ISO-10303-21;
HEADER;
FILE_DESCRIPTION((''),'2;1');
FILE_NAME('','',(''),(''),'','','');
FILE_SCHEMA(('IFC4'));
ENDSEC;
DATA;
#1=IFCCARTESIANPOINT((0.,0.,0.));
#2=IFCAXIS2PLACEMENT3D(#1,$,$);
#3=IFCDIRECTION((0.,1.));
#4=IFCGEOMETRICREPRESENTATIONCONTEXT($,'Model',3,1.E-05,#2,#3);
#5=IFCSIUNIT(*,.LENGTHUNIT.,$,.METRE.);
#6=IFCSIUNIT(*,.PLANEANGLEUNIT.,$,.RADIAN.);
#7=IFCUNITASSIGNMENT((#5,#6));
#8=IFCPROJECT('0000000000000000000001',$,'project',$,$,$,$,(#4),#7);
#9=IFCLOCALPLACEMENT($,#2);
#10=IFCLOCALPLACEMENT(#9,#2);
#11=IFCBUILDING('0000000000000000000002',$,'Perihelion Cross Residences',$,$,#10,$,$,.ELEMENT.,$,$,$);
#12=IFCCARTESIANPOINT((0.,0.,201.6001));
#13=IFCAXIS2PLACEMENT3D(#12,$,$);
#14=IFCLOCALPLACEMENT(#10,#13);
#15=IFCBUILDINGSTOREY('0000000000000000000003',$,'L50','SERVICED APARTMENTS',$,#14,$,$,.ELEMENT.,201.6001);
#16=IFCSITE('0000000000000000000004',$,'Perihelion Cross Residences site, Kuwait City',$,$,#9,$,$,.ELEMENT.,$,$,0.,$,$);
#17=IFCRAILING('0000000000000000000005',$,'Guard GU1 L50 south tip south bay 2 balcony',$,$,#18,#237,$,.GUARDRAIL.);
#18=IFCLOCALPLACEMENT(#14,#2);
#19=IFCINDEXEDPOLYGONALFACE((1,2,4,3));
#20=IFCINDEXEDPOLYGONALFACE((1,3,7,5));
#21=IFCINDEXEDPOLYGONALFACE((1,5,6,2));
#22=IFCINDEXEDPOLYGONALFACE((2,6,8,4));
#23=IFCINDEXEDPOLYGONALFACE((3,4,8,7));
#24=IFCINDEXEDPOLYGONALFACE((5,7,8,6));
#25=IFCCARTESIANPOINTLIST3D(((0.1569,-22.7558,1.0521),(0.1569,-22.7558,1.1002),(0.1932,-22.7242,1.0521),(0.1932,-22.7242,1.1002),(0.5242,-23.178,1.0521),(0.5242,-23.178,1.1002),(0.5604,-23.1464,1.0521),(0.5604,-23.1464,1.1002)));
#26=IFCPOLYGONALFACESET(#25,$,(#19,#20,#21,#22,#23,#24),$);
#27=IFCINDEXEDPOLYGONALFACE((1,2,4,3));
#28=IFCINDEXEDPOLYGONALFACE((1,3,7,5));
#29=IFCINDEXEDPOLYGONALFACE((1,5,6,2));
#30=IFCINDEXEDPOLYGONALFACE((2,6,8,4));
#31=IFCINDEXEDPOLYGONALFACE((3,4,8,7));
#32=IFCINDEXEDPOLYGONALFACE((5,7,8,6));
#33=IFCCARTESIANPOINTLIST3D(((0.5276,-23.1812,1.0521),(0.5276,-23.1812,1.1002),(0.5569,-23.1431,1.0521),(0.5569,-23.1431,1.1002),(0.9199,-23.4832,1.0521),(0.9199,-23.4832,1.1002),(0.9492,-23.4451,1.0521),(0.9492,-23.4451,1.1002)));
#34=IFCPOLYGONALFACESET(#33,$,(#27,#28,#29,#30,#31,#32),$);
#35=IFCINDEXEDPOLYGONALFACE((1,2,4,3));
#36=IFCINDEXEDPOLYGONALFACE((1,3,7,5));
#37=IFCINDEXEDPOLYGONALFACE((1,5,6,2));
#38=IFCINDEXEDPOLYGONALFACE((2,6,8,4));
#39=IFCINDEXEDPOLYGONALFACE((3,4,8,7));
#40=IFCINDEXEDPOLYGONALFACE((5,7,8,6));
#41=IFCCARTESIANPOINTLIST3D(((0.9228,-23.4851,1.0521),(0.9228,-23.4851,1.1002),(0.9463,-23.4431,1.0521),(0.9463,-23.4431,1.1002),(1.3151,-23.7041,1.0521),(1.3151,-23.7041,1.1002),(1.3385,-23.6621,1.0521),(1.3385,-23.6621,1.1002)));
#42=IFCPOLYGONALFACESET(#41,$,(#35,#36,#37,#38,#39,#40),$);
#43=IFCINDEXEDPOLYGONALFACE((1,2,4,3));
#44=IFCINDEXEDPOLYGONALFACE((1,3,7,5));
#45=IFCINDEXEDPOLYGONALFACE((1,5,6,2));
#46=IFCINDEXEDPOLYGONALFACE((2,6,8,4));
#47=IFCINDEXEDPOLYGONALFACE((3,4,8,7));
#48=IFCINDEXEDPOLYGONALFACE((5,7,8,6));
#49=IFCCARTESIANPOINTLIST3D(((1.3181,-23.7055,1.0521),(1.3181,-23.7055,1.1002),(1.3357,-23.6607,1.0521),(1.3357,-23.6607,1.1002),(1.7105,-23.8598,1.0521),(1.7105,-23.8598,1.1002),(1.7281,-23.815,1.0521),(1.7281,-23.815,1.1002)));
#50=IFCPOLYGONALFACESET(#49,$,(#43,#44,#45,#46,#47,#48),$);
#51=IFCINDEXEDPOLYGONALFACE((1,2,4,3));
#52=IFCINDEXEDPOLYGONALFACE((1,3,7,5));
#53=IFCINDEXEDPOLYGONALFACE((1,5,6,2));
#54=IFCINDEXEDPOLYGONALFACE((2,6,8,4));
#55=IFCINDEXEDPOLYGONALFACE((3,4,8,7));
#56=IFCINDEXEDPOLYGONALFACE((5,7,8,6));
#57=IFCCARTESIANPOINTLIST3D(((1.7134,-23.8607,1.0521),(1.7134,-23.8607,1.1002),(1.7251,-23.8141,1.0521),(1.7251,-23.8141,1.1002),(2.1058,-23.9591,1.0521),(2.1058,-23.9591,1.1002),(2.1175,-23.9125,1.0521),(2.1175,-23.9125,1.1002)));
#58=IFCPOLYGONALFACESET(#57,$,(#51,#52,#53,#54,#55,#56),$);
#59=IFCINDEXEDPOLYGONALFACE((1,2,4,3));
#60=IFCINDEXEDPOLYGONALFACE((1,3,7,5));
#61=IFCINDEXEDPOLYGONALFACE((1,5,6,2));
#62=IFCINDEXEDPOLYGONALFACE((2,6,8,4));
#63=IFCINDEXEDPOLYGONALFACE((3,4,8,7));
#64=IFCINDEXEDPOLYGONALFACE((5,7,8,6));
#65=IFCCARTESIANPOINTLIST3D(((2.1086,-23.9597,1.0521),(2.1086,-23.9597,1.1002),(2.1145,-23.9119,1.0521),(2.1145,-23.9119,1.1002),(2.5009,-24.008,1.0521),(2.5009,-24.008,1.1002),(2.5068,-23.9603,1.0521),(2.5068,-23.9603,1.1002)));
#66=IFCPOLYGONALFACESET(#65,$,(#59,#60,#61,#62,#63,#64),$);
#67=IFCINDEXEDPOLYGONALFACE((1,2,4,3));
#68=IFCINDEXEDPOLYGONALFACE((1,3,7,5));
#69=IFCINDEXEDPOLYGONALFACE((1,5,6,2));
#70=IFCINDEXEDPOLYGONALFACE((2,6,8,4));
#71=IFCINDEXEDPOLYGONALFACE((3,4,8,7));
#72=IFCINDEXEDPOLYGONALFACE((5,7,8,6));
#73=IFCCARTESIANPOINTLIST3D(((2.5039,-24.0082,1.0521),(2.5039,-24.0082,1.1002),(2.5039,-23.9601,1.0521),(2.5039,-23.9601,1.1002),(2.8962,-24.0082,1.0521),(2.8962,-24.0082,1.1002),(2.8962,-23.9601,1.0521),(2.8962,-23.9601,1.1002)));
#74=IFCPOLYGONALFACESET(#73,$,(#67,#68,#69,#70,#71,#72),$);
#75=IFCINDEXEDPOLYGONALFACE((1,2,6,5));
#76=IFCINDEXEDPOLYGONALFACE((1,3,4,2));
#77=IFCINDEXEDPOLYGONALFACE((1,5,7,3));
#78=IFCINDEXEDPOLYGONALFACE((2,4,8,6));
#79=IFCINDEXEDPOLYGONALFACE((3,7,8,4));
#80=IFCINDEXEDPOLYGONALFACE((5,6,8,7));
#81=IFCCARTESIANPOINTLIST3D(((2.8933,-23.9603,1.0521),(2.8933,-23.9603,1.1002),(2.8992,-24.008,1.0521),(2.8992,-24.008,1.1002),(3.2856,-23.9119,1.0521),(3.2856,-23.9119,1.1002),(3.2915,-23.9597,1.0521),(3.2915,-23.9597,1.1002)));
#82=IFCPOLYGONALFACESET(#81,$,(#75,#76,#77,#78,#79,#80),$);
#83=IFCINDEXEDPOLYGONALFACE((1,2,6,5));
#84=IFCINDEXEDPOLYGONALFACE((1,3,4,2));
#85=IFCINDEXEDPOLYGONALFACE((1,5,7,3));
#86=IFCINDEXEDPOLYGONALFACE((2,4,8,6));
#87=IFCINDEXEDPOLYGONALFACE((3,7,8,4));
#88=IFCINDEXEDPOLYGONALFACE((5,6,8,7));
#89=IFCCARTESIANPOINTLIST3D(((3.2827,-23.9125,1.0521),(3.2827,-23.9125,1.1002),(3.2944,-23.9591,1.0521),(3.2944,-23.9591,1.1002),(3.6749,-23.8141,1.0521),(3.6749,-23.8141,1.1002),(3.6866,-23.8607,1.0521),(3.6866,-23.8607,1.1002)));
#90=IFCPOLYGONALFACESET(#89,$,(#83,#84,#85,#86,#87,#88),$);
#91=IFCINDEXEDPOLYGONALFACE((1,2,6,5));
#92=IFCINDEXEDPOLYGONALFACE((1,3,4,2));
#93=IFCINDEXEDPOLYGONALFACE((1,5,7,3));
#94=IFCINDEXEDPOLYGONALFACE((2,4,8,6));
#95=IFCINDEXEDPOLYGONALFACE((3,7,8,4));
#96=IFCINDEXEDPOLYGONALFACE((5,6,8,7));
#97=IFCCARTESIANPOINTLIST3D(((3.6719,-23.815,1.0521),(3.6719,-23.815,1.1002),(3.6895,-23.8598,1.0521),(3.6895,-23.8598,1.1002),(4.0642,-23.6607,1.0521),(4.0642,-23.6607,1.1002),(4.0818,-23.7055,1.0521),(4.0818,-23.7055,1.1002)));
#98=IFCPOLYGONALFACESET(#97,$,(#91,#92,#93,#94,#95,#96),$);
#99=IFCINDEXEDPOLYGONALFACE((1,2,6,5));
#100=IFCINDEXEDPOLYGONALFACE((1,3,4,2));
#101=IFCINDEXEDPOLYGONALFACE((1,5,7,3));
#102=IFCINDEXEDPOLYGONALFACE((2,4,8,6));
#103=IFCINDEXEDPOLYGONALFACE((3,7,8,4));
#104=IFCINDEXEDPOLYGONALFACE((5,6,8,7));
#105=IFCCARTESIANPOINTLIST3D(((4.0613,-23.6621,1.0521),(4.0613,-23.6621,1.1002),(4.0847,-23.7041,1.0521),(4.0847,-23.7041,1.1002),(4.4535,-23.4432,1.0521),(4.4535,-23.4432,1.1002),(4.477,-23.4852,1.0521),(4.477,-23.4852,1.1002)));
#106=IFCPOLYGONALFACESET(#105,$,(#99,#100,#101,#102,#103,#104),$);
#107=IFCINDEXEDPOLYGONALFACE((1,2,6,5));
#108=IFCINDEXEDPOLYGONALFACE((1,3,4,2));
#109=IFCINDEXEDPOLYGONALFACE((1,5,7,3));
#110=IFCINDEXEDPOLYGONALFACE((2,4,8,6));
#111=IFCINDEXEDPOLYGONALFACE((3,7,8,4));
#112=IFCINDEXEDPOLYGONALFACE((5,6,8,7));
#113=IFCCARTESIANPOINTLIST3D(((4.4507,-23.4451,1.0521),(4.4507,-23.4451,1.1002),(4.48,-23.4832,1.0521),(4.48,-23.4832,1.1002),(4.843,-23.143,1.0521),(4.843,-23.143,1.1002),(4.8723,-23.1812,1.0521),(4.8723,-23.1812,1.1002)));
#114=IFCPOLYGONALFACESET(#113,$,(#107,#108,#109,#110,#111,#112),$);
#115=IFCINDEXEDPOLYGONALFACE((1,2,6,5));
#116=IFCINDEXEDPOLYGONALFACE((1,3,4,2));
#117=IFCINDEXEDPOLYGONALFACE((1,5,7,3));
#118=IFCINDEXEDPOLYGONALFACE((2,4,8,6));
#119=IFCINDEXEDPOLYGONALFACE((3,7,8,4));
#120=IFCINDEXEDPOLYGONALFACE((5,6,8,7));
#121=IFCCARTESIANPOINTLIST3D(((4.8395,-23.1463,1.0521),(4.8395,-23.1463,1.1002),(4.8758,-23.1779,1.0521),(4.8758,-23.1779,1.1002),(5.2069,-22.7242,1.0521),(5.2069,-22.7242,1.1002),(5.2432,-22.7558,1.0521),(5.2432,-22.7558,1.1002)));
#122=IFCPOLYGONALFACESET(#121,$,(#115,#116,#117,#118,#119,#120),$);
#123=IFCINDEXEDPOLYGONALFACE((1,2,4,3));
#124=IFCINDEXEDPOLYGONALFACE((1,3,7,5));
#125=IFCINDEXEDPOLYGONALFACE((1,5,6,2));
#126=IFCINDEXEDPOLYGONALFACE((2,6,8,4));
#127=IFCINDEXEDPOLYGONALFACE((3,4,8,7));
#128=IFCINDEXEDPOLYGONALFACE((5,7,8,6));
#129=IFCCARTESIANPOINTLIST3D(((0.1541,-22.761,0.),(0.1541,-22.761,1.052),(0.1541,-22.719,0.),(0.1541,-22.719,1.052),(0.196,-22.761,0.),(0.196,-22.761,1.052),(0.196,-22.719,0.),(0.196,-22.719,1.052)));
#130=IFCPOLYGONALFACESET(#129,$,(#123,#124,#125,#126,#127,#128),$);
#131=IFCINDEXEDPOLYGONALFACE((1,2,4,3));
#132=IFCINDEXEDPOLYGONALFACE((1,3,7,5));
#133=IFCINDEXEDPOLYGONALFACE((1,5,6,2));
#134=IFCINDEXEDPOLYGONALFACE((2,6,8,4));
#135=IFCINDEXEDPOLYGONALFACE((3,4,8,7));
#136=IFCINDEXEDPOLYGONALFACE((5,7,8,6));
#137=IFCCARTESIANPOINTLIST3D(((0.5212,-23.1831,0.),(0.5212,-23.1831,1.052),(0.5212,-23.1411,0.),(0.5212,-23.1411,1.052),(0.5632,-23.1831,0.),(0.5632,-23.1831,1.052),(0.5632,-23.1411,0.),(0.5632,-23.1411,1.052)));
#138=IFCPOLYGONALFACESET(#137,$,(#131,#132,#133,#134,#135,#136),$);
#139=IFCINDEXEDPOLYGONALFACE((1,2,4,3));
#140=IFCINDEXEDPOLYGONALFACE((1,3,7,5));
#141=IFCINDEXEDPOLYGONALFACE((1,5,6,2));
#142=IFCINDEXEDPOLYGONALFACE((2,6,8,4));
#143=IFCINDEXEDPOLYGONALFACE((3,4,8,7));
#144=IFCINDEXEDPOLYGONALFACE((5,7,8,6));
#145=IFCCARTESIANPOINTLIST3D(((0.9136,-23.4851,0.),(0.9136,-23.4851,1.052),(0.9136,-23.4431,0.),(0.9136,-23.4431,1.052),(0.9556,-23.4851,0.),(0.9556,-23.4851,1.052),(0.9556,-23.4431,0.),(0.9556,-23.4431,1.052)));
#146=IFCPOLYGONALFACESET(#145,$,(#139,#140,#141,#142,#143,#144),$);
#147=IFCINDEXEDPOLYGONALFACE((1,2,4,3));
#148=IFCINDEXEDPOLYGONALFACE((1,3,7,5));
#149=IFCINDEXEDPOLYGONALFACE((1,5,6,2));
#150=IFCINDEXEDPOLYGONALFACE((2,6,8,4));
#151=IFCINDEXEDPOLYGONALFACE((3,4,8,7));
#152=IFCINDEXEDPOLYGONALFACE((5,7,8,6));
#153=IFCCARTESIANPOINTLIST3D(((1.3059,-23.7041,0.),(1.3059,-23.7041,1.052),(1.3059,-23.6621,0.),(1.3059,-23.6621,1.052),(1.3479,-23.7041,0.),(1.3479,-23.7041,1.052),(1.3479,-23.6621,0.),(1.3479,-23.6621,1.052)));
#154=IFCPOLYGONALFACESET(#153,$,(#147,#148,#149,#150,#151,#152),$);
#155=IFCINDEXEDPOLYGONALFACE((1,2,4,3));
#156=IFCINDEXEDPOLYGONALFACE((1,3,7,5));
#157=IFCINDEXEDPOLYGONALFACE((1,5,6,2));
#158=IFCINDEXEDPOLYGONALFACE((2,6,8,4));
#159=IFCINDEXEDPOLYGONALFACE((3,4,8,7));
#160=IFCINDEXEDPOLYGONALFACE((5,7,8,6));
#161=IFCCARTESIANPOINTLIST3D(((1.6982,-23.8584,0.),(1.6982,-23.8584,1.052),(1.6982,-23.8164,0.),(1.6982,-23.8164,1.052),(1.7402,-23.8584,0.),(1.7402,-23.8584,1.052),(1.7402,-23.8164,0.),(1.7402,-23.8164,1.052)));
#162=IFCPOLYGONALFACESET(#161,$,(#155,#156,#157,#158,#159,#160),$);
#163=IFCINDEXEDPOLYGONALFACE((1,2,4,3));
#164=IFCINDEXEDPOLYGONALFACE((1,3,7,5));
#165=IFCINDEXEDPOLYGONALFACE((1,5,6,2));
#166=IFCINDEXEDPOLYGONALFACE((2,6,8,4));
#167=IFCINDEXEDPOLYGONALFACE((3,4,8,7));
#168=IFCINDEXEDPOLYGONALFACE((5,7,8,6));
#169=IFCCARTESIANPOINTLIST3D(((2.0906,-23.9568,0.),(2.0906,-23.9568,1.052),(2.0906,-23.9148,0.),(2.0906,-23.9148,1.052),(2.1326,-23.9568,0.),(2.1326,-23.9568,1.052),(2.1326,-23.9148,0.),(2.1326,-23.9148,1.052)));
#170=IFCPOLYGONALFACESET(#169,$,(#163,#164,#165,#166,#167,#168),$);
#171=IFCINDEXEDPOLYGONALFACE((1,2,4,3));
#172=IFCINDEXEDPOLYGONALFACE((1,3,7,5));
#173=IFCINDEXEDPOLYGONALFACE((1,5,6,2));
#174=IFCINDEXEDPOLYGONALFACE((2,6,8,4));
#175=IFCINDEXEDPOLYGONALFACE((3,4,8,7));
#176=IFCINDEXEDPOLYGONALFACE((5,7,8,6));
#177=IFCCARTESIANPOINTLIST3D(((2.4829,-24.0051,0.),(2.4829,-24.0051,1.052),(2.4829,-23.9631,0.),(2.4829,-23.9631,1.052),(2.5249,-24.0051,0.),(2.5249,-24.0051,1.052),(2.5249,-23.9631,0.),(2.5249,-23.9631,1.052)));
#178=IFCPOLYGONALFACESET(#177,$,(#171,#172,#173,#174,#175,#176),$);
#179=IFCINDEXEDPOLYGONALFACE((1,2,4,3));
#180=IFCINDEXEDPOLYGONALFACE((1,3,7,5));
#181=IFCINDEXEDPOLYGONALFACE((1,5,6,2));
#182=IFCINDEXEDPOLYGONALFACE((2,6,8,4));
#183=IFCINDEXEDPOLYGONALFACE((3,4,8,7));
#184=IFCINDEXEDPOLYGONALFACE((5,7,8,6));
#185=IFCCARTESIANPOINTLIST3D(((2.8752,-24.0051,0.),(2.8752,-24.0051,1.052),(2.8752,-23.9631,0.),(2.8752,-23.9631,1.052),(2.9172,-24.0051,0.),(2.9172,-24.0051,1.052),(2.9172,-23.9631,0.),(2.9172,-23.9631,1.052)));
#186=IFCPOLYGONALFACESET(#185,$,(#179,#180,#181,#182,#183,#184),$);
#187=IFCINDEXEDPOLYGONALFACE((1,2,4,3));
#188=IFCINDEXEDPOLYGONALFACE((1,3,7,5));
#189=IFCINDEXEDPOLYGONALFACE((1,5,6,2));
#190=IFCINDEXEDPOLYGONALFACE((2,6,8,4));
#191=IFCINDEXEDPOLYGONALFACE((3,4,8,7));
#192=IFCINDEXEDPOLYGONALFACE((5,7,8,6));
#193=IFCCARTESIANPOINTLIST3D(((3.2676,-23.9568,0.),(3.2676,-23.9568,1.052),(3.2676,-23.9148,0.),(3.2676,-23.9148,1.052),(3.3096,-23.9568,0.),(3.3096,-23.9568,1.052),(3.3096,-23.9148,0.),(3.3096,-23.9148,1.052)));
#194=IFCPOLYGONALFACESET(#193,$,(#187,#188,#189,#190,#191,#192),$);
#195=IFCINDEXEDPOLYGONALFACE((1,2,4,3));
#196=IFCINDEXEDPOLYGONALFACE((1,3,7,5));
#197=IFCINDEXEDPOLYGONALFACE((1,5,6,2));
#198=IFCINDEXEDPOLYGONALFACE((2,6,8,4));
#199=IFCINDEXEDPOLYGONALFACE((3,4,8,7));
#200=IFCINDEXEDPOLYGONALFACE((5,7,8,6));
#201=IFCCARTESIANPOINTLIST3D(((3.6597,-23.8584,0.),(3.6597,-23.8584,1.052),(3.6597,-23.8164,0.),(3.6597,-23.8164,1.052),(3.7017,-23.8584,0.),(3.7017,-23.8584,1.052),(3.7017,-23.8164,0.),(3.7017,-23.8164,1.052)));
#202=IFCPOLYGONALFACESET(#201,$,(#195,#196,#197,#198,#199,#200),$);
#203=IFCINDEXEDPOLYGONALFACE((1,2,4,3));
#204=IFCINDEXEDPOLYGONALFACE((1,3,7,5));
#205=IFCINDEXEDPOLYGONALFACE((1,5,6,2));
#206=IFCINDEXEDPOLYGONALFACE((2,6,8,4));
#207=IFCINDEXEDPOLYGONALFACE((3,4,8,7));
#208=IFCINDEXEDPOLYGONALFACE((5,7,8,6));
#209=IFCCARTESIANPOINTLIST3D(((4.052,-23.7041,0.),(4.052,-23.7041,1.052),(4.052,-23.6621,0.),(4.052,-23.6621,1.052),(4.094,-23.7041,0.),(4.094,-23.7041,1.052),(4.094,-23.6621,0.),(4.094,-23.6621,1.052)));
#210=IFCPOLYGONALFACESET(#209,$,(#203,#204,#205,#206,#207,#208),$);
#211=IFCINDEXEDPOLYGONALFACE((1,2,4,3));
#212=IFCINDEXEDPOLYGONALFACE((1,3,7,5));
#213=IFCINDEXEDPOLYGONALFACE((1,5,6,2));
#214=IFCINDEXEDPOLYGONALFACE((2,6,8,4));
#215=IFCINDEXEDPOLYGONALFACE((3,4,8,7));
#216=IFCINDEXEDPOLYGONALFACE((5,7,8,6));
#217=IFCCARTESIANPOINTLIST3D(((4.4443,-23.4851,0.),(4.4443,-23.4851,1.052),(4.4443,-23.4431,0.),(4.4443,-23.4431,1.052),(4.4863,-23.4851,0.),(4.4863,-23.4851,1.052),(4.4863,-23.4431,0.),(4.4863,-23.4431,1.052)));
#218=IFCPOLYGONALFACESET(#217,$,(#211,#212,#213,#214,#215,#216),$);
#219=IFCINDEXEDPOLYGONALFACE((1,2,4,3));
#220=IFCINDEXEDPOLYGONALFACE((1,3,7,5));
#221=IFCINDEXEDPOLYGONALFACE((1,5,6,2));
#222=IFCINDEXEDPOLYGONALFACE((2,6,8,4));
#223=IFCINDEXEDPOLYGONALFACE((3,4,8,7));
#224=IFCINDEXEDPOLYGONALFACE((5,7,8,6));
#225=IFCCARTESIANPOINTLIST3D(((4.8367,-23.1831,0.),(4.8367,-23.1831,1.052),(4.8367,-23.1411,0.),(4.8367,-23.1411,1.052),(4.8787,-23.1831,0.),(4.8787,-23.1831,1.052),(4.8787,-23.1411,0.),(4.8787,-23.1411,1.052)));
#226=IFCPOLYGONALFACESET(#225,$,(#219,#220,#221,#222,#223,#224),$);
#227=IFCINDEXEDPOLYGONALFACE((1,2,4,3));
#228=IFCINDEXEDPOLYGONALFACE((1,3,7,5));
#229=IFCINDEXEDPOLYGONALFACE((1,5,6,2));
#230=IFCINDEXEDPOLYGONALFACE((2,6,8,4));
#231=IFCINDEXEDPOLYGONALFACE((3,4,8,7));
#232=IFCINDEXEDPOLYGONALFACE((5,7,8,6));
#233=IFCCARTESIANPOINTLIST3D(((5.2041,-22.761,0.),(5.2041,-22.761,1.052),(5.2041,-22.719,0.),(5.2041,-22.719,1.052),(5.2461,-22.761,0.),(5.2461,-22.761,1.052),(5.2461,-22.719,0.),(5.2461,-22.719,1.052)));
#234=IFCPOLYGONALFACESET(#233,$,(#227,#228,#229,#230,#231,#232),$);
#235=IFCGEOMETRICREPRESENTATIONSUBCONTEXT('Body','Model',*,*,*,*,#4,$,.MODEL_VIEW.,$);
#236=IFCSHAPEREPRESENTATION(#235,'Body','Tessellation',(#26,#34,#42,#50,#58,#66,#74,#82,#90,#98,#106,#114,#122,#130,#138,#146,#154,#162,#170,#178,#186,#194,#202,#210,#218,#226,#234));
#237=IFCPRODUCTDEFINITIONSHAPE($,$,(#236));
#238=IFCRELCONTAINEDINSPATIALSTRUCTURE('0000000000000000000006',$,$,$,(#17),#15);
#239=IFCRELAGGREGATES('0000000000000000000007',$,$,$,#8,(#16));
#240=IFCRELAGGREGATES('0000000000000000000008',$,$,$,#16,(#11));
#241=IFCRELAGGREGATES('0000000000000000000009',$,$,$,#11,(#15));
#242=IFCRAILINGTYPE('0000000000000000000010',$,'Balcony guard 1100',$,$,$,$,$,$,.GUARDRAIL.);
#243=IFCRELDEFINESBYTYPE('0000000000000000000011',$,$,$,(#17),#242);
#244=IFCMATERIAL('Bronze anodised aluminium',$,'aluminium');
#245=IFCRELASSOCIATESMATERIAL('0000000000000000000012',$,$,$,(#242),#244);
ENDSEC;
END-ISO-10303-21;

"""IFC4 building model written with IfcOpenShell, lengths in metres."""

from ifc_helpers import new_model, si_unit, direction, frame, origin, origin_2d, place, context, subcontext, project, spatial, rectangle, extrude, material, type_object, element, save


model = new_model("IFC4")

# Units and contexts
model_context = context("Model", 3, precision=1e-05, world=origin(), true_north=direction((0.0, 1.0)))
body_context = subcontext(model_context, "Body", "Model", "MODEL_VIEW")
ifc_project = project(units=[si_unit("LENGTHUNIT", "METRE"), si_unit("PLANEANGLEUNIT", "RADIAN")], contexts=[model_context])

# Site, building, storey
site_placement = place(None, origin())
site = spatial("IfcSite", under=ifc_project, at=site_placement, Name="Perihelion Cross Residences site, Kuwait City", CompositionType="ELEMENT", RefElevation=0.0)
building_placement = place(site_placement, origin())
building = spatial("IfcBuilding", under=site, at=building_placement, Name="Perihelion Cross Residences", CompositionType="ELEMENT")
storey_placement = place(building_placement, frame((0.0, 0.0, 201.6001)))
storey = spatial("IfcBuildingStorey", under=building, at=storey_placement, Name="L50", Description="SERVICED APARTMENTS", CompositionType="ELEMENT", Elevation=201.6001)

# Railing
ifc_material_1 = material(Name="Bronze anodised aluminium", Category="aluminium")
railing_type = type_object("IfcRailingType", Name="Balcony guard 1100", PredefinedType="GUARDRAIL", material=ifc_material_1)
railing_placement = place(storey_placement, frame((0.175, -22.74, 0.0)))
element("IfcRailing", 1, at=railing_placement, inside=storey, type_object=railing_type, Name="Guard GU1 L50 south tip south bay 2 balcony", PredefinedType="GUARDRAIL", context=body_context, shape_type="SweptSolid", body=[
    extrude(rectangle(XDim=0.0481, YDim=0.0481, at=origin_2d()), frame((0.0, 0.0, 1.0762), z_axis=(0.656308, -0.754493, 0.0), x_axis=(0.754493, 0.656308, 0.0)), (0.0, 0.0, 1.0), 0.5596),
    extrude(rectangle(XDim=0.0481, YDim=0.0481, at=origin_2d()), frame((0.3672, -0.4221, 1.0762), z_axis=(0.792422, -0.609973, 0.0), x_axis=(0.609973, 0.792422, 0.0)), (0.0, 0.0, 1.0), 0.4951),
    extrude(rectangle(XDim=0.0481, YDim=0.0481, at=origin_2d()), frame((0.7595, -0.7241, 1.0762), z_axis=(0.873182, -0.487395, 0.0), x_axis=(0.487395, 0.873182, 0.0)), (0.0, 0.0, 1.0), 0.4492),
    extrude(rectangle(XDim=0.0481, YDim=0.0481, at=origin_2d()), frame((1.1519, -0.9431, 1.0762), z_axis=(0.930618, -0.365993, 0.0), x_axis=(0.365993, 0.930618, 0.0)), (0.0, 0.0, 1.0), 0.4216),
    extrude(rectangle(XDim=0.0481, YDim=0.0481, at=origin_2d()), frame((1.5442, -1.0974, 1.0762), z_axis=(0.969965, -0.243246, 0.0), x_axis=(0.243246, 0.969965, 0.0)), (0.0, 0.0, 1.0), 0.4045),
    extrude(rectangle(XDim=0.0481, YDim=0.0481, at=origin_2d()), frame((1.9365, -1.1958, 1.0762), z_axis=(0.992495, -0.122286, 0.0), x_axis=(0.122286, 0.992495, 0.0)), (0.0, 0.0, 1.0), 0.3953),
    extrude(rectangle(XDim=0.0481, YDim=0.0481, at=origin_2d()), frame((2.3289, -1.2441, 1.0762), z_axis=(1.0, 0.0, 0.0), x_axis=(0.0, 1.0, 0.0)), (0.0, 0.0, 1.0), 0.3923),
    extrude(rectangle(XDim=0.0481, YDim=0.0481, at=origin_2d()), frame((2.7212, -1.2441, 1.0762), z_axis=(0.992495, 0.122286, 0.0), x_axis=(-0.122286, 0.992495, 0.0)), (0.0, 0.0, 1.0), 0.3953),
    extrude(rectangle(XDim=0.0481, YDim=0.0481, at=origin_2d()), frame((3.1135, -1.1958, 1.0762), z_axis=(0.969929, 0.243388, 0.0), x_axis=(-0.243388, 0.969929, 0.0)), (0.0, 0.0, 1.0), 0.4043),
    extrude(rectangle(XDim=0.0481, YDim=0.0481, at=origin_2d()), frame((3.5056, -1.0974, 1.0762), z_axis=(0.930618, 0.365993, 0.0), x_axis=(-0.365993, 0.930618, 0.0)), (0.0, 0.0, 1.0), 0.4216),
    extrude(rectangle(XDim=0.0481, YDim=0.0481, at=origin_2d()), frame((3.8979, -0.9431, 1.0762), z_axis=(0.873182, 0.487395, 0.0), x_axis=(-0.487395, 0.873182, 0.0)), (0.0, 0.0, 1.0), 0.4492),
    extrude(rectangle(XDim=0.0481, YDim=0.0481, at=origin_2d()), frame((4.2903, -0.7241, 1.0762), z_axis=(0.792422, 0.609973, 0.0), x_axis=(-0.609973, 0.792422, 0.0)), (0.0, 0.0, 1.0), 0.4951),
    extrude(rectangle(XDim=0.0481, YDim=0.0481, at=origin_2d()), frame((4.6826, -0.4221, 1.0762), z_axis=(0.656557, 0.754277, 0.0), x_axis=(-0.754277, 0.656557, 0.0)), (0.0, 0.0, 1.0), 0.5596),
    extrude(rectangle(XDim=0.042, YDim=0.042, at=origin_2d()), origin(), (0.0, 0.0, 1.0), 1.052),
    extrude(rectangle(XDim=0.042, YDim=0.042, at=origin_2d()), frame((0.3672, -0.4221, 0.0)), (0.0, 0.0, 1.0), 1.052),
    extrude(rectangle(XDim=0.042, YDim=0.042, at=origin_2d()), frame((0.7595, -0.7241, 0.0)), (0.0, 0.0, 1.0), 1.052),
    extrude(rectangle(XDim=0.042, YDim=0.042, at=origin_2d()), frame((1.1519, -0.9431, 0.0)), (0.0, 0.0, 1.0), 1.052),
    extrude(rectangle(XDim=0.042, YDim=0.042, at=origin_2d()), frame((1.5442, -1.0974, 0.0)), (0.0, 0.0, 1.0), 1.052),
    extrude(rectangle(XDim=0.042, YDim=0.042, at=origin_2d()), frame((1.9365, -1.1958, 0.0)), (0.0, 0.0, 1.0), 1.052),
    extrude(rectangle(XDim=0.042, YDim=0.042, at=origin_2d()), frame((2.3289, -1.2441, 0.0)), (0.0, 0.0, 1.0), 1.052),
    extrude(rectangle(XDim=0.042, YDim=0.042, at=origin_2d()), frame((2.7212, -1.2441, 0.0)), (0.0, 0.0, 1.0), 1.052),
    extrude(rectangle(XDim=0.042, YDim=0.042, at=origin_2d()), frame((3.1135, -1.1958, 0.0)), (0.0, 0.0, 1.0), 1.052),
    extrude(rectangle(XDim=0.042, YDim=0.042, at=origin_2d()), frame((3.5056, -1.0974, 0.0)), (0.0, 0.0, 1.0), 1.052),
    extrude(rectangle(XDim=0.042, YDim=0.042, at=origin_2d()), frame((3.8979, -0.9431, 0.0)), (0.0, 0.0, 1.0), 1.052),
    extrude(rectangle(XDim=0.042, YDim=0.042, at=origin_2d()), frame((4.2903, -0.7241, 0.0)), (0.0, 0.0, 1.0), 1.052),
    extrude(rectangle(XDim=0.042, YDim=0.042, at=origin_2d()), frame((4.6826, -0.4221, 0.0)), (0.0, 0.0, 1.0), 1.052),
    extrude(rectangle(XDim=0.042, YDim=0.042, at=origin_2d()), frame((5.05, 0.0, 0.0)), (0.0, 0.0, 1.0), 1.052),
])

save(model, "model.ifc")
